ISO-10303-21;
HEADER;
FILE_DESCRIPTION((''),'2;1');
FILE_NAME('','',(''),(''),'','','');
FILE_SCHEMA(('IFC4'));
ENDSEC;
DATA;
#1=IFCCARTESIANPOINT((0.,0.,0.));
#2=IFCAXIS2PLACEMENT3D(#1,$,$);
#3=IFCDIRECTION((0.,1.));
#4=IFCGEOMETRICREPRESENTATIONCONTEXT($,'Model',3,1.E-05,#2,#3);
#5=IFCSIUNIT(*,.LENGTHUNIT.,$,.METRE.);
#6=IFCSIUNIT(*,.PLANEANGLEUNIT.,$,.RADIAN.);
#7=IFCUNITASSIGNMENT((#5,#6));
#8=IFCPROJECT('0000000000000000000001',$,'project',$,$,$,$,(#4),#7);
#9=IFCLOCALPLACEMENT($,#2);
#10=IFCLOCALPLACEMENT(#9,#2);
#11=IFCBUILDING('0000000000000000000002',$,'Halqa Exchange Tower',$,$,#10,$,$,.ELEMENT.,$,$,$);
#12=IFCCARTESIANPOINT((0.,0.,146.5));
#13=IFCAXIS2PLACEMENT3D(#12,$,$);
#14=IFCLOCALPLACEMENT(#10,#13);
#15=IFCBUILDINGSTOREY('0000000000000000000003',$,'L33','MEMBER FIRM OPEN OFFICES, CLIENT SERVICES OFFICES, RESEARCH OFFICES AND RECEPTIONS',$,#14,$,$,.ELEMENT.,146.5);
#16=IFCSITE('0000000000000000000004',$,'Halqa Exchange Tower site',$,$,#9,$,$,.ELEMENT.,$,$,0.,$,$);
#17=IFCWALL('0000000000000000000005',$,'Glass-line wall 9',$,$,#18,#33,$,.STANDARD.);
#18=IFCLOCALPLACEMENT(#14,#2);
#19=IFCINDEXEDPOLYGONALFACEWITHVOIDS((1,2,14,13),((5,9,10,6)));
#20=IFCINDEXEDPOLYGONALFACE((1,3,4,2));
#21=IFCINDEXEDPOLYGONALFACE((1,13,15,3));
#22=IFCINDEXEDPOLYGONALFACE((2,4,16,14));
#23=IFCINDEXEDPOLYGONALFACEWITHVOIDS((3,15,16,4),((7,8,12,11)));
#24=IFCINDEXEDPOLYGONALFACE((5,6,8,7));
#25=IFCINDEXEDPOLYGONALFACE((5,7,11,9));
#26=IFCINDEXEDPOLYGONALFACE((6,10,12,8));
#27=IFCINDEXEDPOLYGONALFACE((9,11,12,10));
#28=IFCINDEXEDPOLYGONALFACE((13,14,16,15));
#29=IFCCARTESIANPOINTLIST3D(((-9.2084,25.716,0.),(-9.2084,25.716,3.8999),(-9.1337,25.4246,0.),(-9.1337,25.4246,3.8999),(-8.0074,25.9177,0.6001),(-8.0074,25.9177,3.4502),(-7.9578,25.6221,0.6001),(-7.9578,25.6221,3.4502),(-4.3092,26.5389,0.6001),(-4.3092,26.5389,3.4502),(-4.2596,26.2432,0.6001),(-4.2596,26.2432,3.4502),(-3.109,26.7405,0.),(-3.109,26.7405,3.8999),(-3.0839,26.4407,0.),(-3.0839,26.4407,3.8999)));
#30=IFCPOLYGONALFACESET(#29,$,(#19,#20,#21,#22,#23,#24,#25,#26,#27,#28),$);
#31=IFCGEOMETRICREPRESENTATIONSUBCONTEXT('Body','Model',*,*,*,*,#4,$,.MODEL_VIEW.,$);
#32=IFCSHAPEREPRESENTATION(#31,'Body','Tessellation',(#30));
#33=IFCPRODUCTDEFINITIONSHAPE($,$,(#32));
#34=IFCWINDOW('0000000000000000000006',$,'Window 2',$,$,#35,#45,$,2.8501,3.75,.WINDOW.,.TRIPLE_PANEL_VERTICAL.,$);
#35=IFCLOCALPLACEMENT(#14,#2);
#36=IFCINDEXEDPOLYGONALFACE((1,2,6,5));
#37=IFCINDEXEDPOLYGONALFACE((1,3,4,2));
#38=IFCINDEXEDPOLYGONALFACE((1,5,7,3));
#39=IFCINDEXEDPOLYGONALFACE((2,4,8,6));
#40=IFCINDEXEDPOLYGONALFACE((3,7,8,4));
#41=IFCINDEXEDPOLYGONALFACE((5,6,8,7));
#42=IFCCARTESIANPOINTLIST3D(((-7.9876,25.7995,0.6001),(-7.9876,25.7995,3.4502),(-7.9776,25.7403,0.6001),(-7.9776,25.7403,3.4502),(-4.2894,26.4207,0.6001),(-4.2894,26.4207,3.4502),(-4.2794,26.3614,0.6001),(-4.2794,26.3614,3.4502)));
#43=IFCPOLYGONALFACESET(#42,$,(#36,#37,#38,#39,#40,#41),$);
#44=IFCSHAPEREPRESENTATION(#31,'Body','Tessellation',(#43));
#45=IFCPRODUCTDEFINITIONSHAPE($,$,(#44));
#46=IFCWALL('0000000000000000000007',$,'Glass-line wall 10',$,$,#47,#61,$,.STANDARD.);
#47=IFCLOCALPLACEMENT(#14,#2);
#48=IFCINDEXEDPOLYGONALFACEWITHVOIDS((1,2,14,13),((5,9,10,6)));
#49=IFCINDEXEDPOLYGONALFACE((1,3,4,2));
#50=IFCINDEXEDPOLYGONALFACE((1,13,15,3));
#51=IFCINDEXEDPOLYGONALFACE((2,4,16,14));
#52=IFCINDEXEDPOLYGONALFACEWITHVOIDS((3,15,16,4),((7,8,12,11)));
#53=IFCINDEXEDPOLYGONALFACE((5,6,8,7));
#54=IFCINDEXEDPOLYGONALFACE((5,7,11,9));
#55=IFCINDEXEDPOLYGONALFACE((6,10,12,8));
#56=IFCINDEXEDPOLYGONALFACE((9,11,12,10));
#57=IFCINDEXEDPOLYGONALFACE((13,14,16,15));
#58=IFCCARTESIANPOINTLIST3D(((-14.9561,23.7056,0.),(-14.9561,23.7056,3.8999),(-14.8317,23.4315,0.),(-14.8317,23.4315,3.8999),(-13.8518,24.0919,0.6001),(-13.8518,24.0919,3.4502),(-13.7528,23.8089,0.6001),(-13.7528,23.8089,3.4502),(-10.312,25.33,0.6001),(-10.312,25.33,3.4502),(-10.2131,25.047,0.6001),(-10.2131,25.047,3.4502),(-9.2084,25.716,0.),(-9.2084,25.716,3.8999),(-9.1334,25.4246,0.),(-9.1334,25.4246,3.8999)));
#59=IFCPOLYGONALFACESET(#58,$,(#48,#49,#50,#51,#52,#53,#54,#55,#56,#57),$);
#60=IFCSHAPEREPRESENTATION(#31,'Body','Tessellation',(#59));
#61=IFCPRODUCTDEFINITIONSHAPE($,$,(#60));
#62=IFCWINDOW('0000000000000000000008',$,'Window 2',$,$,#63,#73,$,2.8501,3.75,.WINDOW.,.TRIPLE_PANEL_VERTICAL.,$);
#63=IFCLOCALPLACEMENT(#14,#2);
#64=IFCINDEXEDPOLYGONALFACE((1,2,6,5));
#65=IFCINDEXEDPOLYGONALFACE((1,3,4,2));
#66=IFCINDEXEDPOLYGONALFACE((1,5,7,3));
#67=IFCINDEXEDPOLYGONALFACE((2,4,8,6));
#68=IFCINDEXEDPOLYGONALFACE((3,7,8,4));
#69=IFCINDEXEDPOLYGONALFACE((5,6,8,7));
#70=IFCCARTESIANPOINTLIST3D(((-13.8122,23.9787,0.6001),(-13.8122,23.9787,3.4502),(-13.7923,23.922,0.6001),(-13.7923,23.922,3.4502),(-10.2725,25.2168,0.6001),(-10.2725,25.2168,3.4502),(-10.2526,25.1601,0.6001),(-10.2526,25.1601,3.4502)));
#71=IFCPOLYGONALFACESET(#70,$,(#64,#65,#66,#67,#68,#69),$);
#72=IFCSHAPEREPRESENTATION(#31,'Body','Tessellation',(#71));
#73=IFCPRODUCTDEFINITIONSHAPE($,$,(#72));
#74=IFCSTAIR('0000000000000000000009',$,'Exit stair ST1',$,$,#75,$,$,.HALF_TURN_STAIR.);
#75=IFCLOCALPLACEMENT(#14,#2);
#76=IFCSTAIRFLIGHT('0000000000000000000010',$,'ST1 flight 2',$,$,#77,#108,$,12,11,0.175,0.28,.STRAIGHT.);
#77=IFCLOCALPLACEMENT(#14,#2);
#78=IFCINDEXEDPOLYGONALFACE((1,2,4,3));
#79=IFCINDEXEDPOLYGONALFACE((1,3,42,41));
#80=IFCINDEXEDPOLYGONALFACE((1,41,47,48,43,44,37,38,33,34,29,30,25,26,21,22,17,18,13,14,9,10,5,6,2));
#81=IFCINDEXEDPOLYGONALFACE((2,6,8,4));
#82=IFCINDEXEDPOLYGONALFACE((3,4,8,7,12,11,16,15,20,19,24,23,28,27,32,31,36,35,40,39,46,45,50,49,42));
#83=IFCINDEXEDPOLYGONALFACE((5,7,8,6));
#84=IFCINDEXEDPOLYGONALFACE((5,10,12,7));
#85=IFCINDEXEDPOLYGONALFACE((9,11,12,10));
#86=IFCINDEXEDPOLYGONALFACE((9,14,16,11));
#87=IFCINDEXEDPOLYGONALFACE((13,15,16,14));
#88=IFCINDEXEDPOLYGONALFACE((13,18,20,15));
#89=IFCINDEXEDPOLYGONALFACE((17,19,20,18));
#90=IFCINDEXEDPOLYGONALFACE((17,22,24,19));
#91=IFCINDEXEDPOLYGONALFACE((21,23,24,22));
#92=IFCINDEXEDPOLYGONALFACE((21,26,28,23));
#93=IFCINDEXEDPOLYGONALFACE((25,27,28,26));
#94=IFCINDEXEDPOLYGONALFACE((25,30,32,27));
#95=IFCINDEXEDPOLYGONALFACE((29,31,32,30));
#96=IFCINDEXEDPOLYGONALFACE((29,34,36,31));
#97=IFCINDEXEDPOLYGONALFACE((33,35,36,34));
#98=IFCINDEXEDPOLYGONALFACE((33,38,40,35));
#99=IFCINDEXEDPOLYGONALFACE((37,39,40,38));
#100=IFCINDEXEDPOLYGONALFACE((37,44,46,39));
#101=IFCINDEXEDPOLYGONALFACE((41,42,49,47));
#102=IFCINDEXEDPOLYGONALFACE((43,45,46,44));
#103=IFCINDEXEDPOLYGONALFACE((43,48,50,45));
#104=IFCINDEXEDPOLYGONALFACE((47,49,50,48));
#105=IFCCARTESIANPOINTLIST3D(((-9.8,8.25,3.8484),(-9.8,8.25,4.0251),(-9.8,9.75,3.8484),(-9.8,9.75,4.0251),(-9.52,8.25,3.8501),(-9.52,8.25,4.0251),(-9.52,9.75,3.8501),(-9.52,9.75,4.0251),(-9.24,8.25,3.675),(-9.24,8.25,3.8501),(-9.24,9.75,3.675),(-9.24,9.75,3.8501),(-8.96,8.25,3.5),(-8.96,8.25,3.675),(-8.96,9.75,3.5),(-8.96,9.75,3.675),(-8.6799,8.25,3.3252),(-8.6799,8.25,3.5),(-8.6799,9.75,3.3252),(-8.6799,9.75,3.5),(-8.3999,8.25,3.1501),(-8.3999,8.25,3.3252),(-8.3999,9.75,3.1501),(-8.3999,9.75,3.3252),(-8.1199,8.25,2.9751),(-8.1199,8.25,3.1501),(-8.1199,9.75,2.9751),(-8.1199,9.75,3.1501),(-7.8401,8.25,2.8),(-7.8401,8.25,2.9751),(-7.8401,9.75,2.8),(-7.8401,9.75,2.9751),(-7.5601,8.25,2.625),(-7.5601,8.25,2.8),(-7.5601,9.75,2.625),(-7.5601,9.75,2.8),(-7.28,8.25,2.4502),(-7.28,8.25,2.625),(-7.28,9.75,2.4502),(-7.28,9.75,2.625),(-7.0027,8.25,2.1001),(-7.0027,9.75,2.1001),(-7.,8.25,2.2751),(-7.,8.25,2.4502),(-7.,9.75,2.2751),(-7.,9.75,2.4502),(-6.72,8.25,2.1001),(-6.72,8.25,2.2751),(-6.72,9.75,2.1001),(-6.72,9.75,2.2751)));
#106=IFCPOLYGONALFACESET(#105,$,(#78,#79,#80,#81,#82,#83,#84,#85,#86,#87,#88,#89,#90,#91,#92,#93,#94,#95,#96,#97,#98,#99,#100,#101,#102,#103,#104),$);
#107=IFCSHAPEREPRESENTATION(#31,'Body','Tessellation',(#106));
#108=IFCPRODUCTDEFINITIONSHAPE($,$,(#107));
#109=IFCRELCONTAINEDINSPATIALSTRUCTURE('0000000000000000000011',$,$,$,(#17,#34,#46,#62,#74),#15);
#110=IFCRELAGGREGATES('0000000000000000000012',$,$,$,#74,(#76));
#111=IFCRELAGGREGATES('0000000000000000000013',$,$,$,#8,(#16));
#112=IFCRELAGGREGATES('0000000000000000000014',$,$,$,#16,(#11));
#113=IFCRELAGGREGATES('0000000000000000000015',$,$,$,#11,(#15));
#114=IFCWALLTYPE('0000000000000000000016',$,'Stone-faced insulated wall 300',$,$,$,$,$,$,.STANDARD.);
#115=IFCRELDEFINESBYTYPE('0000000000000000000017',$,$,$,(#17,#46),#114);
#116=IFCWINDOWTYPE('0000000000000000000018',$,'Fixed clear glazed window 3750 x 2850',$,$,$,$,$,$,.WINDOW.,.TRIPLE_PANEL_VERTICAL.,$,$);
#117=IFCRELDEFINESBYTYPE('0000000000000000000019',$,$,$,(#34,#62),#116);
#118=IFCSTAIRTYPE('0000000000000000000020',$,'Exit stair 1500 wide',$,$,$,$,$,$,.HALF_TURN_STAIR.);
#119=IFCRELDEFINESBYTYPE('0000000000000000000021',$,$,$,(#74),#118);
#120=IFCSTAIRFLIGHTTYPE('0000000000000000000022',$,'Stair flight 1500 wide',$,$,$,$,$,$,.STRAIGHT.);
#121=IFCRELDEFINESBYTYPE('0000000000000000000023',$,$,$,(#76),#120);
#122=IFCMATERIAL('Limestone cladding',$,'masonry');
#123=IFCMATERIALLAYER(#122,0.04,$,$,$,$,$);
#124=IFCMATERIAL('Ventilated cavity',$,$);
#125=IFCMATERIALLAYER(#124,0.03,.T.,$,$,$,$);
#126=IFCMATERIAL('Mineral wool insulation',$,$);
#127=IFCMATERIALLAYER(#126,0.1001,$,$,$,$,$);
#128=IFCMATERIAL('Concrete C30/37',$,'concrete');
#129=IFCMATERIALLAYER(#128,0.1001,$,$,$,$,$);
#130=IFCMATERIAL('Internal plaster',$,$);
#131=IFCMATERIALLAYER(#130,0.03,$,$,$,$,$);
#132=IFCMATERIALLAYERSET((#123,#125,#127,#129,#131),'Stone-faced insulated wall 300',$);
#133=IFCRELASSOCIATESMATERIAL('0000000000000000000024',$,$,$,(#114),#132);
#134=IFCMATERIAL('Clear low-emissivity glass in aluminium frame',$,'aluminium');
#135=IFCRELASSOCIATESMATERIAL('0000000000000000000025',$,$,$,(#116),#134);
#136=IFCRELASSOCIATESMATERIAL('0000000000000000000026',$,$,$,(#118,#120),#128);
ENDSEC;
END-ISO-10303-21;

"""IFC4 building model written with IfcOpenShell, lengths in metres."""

from ifc_helpers import new_model, si_unit, direction, frame, frame_2d, origin, place, context, subcontext, project, spatial, polyline, rectangle, outline, extrude, material, layer, layer_set, type_object, element, fill, aggregate, save


model = new_model("IFC4")

# Units and contexts
model_context = context("Model", 3, precision=1e-05, world=origin(), true_north=direction((0.0, 1.0)))
body_context = subcontext(model_context, "Body", "Model", "MODEL_VIEW")
ifc_project = project(units=[si_unit("LENGTHUNIT", "METRE"), si_unit("PLANEANGLEUNIT", "RADIAN")], contexts=[model_context])

# Site, building, storey
site_placement = place(None, origin())
site = spatial("IfcSite", under=ifc_project, at=site_placement, Name="Halqa Exchange Tower site", CompositionType="ELEMENT", RefElevation=0.0)
building_placement = place(site_placement, origin())
building = spatial("IfcBuilding", under=site, at=building_placement, Name="Halqa Exchange Tower", CompositionType="ELEMENT")
storey_placement = place(building_placement, frame((0.0, 0.0, 146.5)))
storey = spatial("IfcBuildingStorey", under=building, at=storey_placement, Name="L33", Description="MEMBER FIRM OPEN OFFICES, CLIENT SERVICES OFFICES, RESEARCH OFFICES AND RECEPTIONS", CompositionType="ELEMENT", Elevation=146.5)

# Shared definitions
ifc_material_1 = material(Name="Concrete C30/37", Category="concrete")

# Walls, openings, windows
ifc_material_2 = material(Name="Limestone cladding", Category="masonry")
ifc_layer_1 = layer(ifc_material_2, 0.04)
ifc_material_3 = material(Name="Ventilated cavity")
ifc_layer_2 = layer(ifc_material_3, 0.03, ventilated=True)
ifc_material_4 = material(Name="Mineral wool insulation")
ifc_layer_3 = layer(ifc_material_4, 0.1001)
ifc_layer_4 = layer(ifc_material_1, 0.1001)
ifc_material_5 = material(Name="Internal plaster")
ifc_layer_5 = layer(ifc_material_5, 0.03)
ifc_layer_set_1 = layer_set([ifc_layer_1, ifc_layer_2, ifc_layer_3, ifc_layer_4, ifc_layer_5], Name="Stone-faced insulated wall 300")
wall_type_1 = type_object("IfcWallType", Name="Stone-faced insulated wall 300", PredefinedType="STANDARD", material=ifc_layer_set_1)
wall_1_placement = place(storey_placement, frame((-3.0964, 26.5906, 0.0), z_axis=(0.0, 0.0, 1.0), x_axis=(-0.986186, -0.165639, 0.0)))
wall_1 = element("IfcWall", 1, at=wall_1_placement, inside=storey, type_object=wall_type_1, Name="Glass-line wall 9", PredefinedType="STANDARD", context=body_context, shape_type="SweptSolid", body=[
    extrude(outline(polyline([(-0.0125, -0.1499), (6.1724, -0.1499), (6.147, 0.1499), (0.0125, 0.1499), (-0.0125, -0.1499)])), origin(), (0.0, 0.0, 1.0), 3.8999),
])
opening_1_placement = place(wall_1_placement, frame((1.2046, 0.0, 0.6001)))
opening_1 = element("IfcOpeningElement", 2, at=opening_1_placement, cuts=wall_1, PredefinedType="OPENING", context=body_context, shape_type="SweptSolid", body=[
    extrude(rectangle(XDim=3.75, YDim=2.8501, at=frame_2d((1.875, 1.425))), frame((0.0, 0.1621, 0.0), z_axis=(0.0, -1.0, 0.0), x_axis=(1.0, 0.0, 0.0)), (0.0, 0.0, 1.0), 0.324),
])
ifc_material_6 = material(Name="Clear low-emissivity glass in aluminium frame", Category="aluminium")
window_type = type_object("IfcWindowType", Name="Fixed clear glazed window 3750 x 2850", PartitioningType="TRIPLE_PANEL_VERTICAL", PredefinedType="WINDOW", material=ifc_material_6)
window_1_placement = place(opening_1_placement, origin())
window_1 = element("IfcWindow", 3, at=window_1_placement, inside=storey, type_object=window_type, Name="Window 2", OverallHeight=2.8501, OverallWidth=3.75, PartitioningType="TRIPLE_PANEL_VERTICAL", PredefinedType="WINDOW", context=body_context, shape_type="SweptSolid", body=[
    extrude(rectangle(XDim=3.75, YDim=2.8501, at=frame_2d((1.875, 1.425))), frame((0.0, 0.03, 0.0), z_axis=(0.0, -1.0, 0.0), x_axis=(1.0, 0.0, 0.0)), (0.0, 0.0, 1.0), 0.0601),
])
fill(opening_1, window_1)
wall_2_placement = place(storey_placement, frame((-9.1709, 25.5703, 0.0), z_axis=(0.0, 0.0, 1.0), x_axis=(-0.943926, -0.330158, 0.0)))
wall_2 = element("IfcWall", 4, at=wall_2_placement, inside=storey, type_object=wall_type_1, Name="Glass-line wall 10", PredefinedType="STANDARD", context=body_context, shape_type="SweptSolid", body=[
    extrude(outline(polyline([(-0.0127, -0.1499), (6.0764, -0.1499), (6.0496, 0.1499), (0.0127, 0.1499), (-0.0127, -0.1499)])), origin(), (0.0, 0.0, 1.0), 3.8999),
])
opening_2_placement = place(wall_2_placement, frame((1.1565, 0.0, 0.6001)))
opening_2 = element("IfcOpeningElement", 5, at=opening_2_placement, cuts=wall_2, PredefinedType="OPENING", context=body_context, shape_type="SweptSolid", body=[
    extrude(rectangle(XDim=3.75, YDim=2.8501, at=frame_2d((1.875, 1.425))), frame((0.0, 0.1621, 0.0), z_axis=(0.0, -1.0, 0.0), x_axis=(1.0, 0.0, 0.0)), (0.0, 0.0, 1.0), 0.324),
])
window_2_placement = place(opening_2_placement, origin())
window_2 = element("IfcWindow", 6, at=window_2_placement, inside=storey, type_object=window_type, Name="Window 2", OverallHeight=2.8501, OverallWidth=3.75, PartitioningType="TRIPLE_PANEL_VERTICAL", PredefinedType="WINDOW", context=body_context, shape_type="SweptSolid", body=[
    extrude(rectangle(XDim=3.75, YDim=2.8501, at=frame_2d((1.875, 1.425))), frame((0.0, 0.03, 0.0), z_axis=(0.0, -1.0, 0.0), x_axis=(1.0, 0.0, 0.0)), (0.0, 0.0, 1.0), 0.0601),
])
fill(opening_2, window_2)

# Stair, stair flight
stair_type = type_object("IfcStairType", Name="Exit stair 1500 wide", PredefinedType="HALF_TURN_STAIR", material=ifc_material_1)
stair_placement = place(storey_placement, origin())
stair = element("IfcStair", 7, at=stair_placement, inside=storey, type_object=stair_type, Name="Exit stair ST1", PredefinedType="HALF_TURN_STAIR")
stair_flight_type = type_object("IfcStairFlightType", Name="Stair flight 1500 wide", PredefinedType="STRAIGHT", material=ifc_material_1)
stair_flight_placement = place(storey_placement, frame((-6.72, 9.0, 2.1001), z_axis=(0.0, 0.0, 1.0), x_axis=(-1.0, 0.0, 0.0)))
stair_flight = element("IfcStairFlight", 8, at=stair_flight_placement, type_object=stair_flight_type, Name="ST1 flight 2", NumberOfRisers=12, NumberOfTreads=11, PredefinedType="STRAIGHT", RiserHeight=0.175, TreadLength=0.28, context=body_context, shape_type="SweptSolid", body=[
    extrude(outline(polyline([(0.0, 0.0), (0.0, 0.175), (0.28, 0.175), (0.28, 0.3501), (0.5601, 0.3501), (0.5601, 0.5249), (0.8401, 0.5249), (0.8401, 0.7), (1.1201, 0.7), (1.1201, 0.875), (1.3999, 0.875), (1.3999, 1.05), (1.6799, 1.05), (1.6799, 1.2251), (1.96, 1.2251), (1.96, 1.3999), (2.24, 1.3999), (2.24, 1.575), (2.52, 1.575), (2.52, 1.75), (2.8, 1.75), (2.8, 1.925), (3.0801, 1.925), (3.0801, 2.1001), (3.0801, 1.7483), (0.2827, 0.0), (0.0, 0.0)])), frame((0.0, 0.75, 0.0), z_axis=(0.0, -1.0, 0.0), x_axis=(1.0, 0.0, 0.0)), (0.0, 0.0, 1.0), 1.5),
])
aggregate(stair, [stair_flight])

save(model, "model.ifc")
